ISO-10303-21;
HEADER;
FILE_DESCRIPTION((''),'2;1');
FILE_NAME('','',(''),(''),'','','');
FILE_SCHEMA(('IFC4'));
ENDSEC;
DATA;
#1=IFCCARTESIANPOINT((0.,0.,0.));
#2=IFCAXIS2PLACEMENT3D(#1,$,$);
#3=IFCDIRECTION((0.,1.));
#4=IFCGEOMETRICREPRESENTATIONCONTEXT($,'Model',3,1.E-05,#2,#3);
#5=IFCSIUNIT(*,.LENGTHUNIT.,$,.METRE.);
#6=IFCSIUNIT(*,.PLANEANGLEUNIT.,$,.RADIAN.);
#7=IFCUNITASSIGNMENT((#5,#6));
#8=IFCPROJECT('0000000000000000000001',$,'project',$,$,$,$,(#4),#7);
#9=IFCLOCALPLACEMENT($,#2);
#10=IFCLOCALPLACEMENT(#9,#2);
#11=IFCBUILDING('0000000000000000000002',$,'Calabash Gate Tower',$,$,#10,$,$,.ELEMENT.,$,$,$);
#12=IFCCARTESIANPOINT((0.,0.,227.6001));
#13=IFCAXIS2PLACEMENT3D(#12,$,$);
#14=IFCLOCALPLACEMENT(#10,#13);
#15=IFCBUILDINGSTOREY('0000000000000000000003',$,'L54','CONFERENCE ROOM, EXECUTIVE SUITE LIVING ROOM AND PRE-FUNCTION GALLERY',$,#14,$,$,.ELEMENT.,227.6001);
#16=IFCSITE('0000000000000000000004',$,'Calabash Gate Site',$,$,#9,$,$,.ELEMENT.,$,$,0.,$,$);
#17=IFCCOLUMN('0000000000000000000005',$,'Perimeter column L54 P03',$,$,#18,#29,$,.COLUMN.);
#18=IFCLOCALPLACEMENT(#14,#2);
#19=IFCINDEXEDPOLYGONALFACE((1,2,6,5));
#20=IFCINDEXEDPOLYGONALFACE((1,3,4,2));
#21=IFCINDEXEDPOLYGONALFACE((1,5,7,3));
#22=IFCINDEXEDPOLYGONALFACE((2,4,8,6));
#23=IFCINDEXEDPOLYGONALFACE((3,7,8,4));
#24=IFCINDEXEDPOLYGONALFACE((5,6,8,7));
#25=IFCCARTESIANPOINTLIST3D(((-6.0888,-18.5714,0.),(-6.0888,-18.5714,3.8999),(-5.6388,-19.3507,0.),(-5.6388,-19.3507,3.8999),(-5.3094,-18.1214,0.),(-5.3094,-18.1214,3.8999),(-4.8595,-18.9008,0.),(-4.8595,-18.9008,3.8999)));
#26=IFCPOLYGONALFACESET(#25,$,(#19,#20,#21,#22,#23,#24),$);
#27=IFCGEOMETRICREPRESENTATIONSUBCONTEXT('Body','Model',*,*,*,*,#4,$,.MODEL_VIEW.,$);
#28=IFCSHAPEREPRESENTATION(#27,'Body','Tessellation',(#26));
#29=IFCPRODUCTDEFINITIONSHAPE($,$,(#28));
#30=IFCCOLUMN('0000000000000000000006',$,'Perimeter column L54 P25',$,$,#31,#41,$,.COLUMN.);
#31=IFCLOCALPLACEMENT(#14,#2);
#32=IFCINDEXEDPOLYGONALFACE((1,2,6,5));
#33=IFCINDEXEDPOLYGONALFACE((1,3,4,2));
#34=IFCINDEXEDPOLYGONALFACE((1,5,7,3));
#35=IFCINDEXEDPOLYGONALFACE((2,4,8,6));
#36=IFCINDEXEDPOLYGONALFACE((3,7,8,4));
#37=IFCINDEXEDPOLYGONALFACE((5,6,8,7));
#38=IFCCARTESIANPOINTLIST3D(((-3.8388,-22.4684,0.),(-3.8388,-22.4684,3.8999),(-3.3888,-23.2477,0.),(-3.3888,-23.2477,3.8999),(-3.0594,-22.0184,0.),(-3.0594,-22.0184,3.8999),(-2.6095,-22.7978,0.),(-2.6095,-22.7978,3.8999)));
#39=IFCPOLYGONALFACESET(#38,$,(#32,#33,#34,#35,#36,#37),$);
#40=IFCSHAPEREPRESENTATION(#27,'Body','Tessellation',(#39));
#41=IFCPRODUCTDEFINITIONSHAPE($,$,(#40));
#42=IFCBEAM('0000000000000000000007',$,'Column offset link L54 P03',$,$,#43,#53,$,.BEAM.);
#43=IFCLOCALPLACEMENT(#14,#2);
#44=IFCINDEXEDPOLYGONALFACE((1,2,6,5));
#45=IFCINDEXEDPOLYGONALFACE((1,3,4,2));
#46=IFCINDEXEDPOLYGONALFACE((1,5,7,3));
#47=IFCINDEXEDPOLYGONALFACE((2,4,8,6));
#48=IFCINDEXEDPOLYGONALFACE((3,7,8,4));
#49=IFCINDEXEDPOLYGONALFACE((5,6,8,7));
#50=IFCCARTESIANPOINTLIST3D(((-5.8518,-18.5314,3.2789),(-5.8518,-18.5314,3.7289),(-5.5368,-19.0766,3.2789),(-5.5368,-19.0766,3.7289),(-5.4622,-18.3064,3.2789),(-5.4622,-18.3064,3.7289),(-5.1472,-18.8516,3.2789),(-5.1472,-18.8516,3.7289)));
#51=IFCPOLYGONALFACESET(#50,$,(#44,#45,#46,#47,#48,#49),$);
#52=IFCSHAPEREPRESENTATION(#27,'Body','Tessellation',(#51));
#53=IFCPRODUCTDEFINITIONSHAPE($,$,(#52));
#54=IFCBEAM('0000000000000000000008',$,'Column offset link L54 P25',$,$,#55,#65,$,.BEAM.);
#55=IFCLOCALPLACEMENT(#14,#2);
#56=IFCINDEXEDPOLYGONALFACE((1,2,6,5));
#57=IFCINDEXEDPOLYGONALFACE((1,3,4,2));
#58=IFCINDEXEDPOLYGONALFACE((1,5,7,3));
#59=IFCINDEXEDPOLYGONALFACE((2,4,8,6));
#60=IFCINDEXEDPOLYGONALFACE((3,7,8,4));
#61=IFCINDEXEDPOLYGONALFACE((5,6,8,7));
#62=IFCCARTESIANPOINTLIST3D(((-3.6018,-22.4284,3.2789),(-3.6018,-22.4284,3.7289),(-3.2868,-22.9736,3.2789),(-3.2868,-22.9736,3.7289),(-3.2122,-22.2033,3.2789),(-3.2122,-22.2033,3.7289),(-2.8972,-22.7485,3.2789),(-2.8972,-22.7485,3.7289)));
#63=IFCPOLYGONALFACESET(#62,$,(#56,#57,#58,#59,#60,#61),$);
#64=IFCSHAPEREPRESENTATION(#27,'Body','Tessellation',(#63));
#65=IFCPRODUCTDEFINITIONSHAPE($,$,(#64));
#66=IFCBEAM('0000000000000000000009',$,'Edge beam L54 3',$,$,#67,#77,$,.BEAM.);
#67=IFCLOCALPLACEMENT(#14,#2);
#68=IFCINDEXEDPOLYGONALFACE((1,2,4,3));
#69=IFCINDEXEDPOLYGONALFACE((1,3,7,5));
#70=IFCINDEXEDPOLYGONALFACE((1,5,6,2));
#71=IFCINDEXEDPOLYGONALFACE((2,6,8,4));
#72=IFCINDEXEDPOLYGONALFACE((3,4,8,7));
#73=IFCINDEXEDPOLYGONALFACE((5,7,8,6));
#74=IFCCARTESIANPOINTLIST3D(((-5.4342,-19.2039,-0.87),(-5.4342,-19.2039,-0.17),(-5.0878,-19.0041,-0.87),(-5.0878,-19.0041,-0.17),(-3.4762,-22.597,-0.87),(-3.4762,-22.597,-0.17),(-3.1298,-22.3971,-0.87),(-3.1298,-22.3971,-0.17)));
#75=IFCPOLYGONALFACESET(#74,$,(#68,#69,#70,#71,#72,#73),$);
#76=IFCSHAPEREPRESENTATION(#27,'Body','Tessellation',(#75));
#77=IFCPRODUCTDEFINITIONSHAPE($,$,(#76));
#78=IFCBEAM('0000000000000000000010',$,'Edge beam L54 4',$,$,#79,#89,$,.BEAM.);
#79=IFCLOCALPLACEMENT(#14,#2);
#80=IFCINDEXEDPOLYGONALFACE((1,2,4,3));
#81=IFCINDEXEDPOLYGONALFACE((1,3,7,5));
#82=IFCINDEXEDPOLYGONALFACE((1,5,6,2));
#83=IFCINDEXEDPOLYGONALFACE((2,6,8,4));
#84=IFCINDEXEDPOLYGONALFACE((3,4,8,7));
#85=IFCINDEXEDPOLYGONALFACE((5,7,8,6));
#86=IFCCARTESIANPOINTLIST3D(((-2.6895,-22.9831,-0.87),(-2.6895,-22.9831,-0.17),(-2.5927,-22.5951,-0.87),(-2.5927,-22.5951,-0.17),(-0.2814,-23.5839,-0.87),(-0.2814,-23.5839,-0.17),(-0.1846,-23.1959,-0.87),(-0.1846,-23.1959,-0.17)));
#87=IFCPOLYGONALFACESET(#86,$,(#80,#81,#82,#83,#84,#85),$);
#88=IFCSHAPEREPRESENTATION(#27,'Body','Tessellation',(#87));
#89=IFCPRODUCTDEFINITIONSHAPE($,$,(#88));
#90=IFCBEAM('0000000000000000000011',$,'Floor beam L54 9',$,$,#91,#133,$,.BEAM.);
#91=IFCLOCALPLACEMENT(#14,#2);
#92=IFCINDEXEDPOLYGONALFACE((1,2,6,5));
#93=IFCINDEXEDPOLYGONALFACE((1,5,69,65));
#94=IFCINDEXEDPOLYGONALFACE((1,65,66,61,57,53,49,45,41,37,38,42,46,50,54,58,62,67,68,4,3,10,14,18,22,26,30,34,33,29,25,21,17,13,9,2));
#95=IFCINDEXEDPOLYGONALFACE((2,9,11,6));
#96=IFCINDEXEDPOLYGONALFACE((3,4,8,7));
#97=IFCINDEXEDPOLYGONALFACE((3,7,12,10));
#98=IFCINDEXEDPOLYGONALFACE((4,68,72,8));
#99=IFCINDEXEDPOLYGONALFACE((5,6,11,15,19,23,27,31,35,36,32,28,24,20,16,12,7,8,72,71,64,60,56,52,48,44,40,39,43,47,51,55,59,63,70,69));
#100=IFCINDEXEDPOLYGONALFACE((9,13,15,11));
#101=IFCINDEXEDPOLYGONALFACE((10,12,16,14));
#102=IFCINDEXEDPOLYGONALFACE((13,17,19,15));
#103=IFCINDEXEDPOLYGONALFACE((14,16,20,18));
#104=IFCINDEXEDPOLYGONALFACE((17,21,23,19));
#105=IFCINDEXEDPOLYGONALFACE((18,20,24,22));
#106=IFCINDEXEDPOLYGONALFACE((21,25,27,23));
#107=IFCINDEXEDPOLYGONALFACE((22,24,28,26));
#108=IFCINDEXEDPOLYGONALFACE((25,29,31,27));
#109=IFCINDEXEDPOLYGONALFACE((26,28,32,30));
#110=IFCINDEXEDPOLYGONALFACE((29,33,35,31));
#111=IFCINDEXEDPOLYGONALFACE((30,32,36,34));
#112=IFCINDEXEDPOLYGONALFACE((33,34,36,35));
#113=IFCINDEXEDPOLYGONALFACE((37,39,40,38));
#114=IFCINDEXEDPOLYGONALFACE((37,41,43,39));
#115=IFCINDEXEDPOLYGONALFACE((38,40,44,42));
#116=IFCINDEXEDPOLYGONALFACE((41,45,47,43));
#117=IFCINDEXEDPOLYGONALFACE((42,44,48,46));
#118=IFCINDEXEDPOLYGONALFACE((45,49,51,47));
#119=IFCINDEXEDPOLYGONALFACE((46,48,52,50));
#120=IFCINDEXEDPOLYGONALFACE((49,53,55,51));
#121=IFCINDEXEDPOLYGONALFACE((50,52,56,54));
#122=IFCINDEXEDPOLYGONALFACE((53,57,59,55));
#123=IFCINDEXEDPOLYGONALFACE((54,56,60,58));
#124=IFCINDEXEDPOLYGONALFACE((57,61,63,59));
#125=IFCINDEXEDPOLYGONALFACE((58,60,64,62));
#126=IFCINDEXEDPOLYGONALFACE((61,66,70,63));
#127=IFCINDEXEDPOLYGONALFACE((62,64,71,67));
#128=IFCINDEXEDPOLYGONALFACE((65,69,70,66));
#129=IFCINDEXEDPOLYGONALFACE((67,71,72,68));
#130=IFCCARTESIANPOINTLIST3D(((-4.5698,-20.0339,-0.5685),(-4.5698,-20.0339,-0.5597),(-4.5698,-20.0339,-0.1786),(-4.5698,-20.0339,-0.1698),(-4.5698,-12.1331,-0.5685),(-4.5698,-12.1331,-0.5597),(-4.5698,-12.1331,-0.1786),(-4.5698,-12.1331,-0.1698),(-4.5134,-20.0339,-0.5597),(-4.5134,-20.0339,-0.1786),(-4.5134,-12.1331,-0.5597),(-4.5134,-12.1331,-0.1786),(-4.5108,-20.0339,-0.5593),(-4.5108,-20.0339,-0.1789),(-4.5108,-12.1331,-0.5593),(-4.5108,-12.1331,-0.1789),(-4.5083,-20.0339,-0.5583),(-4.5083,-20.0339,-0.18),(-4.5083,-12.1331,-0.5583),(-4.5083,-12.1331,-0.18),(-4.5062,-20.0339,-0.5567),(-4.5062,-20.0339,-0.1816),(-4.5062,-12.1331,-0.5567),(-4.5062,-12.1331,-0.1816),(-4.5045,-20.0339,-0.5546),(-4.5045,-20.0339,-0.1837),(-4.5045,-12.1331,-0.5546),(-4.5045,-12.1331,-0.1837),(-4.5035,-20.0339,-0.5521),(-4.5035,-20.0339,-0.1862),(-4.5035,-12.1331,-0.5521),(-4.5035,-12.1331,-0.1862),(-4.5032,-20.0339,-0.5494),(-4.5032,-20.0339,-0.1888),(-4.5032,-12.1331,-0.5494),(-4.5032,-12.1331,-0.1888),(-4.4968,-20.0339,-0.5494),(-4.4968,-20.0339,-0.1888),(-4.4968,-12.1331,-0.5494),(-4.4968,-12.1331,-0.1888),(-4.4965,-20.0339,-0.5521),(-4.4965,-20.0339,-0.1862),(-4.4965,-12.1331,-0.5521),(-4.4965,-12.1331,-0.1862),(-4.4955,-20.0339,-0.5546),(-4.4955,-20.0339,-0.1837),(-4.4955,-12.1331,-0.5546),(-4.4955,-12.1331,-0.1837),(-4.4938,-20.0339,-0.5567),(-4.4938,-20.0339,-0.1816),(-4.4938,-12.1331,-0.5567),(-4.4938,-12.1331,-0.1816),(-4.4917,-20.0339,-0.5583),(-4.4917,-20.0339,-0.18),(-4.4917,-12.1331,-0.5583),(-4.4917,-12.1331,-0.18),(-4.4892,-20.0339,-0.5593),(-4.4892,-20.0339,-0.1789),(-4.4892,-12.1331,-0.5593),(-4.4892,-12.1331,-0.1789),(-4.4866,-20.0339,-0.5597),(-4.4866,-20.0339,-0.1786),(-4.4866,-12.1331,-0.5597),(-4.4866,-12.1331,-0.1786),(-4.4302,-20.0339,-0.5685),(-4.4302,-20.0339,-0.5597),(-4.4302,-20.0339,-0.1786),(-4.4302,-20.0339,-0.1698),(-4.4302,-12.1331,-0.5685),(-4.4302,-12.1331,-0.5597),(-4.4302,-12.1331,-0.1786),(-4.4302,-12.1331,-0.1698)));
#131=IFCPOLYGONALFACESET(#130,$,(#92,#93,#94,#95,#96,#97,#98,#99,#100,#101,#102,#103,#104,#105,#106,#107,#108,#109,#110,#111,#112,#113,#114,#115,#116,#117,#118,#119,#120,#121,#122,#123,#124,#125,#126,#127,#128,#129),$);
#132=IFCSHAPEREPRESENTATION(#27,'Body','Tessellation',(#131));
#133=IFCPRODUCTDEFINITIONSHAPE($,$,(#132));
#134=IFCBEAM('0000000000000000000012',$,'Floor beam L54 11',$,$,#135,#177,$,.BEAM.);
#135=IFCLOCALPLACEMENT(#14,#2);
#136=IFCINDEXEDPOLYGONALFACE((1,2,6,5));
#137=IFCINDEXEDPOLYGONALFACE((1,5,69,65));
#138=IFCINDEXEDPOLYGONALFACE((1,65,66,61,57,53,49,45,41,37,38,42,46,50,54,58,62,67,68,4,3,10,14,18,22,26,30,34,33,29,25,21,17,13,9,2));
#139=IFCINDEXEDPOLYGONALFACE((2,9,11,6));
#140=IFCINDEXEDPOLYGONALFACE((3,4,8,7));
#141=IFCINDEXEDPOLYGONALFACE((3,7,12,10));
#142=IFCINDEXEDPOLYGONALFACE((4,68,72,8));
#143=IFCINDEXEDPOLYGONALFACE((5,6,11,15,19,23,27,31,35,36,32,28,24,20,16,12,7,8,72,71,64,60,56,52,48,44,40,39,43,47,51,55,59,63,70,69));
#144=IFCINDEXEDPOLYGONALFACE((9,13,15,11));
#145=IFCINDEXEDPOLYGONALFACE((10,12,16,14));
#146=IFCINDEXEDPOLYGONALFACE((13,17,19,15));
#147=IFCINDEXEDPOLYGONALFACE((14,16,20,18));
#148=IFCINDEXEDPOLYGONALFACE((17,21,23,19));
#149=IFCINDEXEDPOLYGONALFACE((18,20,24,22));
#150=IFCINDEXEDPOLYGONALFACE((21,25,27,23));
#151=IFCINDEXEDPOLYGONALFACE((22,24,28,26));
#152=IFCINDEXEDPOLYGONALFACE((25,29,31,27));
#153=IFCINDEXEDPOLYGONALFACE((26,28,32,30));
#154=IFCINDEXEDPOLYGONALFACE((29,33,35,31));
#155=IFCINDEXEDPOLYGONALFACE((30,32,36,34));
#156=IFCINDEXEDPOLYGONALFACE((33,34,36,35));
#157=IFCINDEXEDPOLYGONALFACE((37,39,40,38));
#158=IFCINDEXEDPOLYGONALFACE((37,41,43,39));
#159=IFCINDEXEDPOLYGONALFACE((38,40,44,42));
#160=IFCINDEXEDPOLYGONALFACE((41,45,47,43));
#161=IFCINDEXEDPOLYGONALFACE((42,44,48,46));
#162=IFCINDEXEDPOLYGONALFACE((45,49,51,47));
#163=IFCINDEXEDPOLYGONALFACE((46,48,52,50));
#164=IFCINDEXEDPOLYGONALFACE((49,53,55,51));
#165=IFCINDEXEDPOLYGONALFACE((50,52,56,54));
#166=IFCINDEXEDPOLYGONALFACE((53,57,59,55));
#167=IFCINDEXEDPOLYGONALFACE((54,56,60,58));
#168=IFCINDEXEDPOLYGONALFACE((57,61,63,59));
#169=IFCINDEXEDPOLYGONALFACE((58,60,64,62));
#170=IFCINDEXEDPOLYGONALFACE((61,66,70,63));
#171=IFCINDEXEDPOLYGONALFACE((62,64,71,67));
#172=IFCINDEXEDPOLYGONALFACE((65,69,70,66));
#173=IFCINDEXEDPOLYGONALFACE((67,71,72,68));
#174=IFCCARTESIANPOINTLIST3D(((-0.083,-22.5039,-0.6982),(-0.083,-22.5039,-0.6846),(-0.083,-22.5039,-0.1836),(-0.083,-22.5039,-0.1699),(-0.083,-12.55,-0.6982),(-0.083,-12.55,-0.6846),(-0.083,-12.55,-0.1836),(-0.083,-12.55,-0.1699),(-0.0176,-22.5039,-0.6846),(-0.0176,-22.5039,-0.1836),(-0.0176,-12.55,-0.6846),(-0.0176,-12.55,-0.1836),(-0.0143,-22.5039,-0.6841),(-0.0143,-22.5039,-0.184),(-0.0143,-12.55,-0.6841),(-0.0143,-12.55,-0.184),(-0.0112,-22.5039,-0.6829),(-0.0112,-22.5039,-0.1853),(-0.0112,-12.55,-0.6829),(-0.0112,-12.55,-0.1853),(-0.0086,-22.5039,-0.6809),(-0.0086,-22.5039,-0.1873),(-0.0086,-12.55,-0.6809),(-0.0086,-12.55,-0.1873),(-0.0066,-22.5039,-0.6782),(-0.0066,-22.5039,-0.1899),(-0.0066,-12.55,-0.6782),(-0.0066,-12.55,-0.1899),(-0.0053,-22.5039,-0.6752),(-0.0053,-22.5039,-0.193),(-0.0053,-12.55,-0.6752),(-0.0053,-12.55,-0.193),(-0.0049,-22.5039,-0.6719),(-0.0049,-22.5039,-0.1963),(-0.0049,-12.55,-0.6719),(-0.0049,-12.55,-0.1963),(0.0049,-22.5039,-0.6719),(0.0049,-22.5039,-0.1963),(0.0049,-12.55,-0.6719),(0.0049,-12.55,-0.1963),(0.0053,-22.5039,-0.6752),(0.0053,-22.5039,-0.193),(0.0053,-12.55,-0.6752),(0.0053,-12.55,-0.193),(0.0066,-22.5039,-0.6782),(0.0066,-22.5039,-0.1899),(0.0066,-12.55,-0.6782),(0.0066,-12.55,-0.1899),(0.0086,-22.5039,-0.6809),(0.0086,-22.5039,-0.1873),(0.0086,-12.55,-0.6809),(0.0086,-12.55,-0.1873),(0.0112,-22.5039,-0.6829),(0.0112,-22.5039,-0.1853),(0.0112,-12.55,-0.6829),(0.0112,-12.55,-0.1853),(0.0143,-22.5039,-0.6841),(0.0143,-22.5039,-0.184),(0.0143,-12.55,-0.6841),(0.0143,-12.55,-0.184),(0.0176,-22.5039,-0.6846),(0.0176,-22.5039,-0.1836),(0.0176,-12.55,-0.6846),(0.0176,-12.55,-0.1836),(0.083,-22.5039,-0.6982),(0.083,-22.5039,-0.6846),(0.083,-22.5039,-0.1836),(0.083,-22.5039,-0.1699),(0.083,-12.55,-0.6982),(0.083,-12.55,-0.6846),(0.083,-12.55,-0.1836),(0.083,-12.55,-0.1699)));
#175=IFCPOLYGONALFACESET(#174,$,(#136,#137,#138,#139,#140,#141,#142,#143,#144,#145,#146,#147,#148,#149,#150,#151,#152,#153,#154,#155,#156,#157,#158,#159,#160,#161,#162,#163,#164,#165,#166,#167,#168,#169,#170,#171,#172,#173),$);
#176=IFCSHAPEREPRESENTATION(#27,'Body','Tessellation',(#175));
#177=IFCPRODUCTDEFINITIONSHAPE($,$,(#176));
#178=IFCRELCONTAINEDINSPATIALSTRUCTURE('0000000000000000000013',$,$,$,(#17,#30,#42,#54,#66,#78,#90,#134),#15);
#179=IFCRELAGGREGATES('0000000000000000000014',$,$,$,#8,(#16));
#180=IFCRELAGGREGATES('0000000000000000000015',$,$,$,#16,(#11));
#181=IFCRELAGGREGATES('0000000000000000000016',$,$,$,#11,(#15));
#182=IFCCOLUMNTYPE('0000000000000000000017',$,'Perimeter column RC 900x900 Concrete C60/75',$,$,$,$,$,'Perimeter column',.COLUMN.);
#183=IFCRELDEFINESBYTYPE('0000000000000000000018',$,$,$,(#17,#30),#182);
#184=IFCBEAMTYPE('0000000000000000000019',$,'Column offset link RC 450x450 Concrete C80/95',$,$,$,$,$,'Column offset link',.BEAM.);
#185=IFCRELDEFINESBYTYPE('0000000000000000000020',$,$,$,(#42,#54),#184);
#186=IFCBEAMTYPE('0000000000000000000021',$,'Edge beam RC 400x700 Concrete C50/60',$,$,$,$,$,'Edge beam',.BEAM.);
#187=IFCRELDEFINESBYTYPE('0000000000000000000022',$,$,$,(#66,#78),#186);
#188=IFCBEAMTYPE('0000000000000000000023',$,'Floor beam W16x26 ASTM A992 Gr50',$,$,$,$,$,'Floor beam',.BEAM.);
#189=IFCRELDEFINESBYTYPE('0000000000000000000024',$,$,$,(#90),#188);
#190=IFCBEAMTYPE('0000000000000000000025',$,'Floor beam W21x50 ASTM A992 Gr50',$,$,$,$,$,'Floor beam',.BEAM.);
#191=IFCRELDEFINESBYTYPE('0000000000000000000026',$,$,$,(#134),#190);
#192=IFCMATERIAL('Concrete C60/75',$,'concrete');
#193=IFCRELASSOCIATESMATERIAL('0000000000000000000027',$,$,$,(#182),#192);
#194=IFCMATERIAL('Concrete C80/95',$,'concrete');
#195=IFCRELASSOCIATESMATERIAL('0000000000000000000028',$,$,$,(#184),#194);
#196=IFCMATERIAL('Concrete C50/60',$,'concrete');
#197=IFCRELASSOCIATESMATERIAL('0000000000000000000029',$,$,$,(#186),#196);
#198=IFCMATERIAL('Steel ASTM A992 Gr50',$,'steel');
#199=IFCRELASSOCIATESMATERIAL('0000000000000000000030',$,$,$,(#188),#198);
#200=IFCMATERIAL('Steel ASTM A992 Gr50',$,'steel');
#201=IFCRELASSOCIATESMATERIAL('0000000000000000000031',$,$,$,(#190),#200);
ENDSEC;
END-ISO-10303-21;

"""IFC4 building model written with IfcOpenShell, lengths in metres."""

from ifc_helpers import new_model, si_unit, direction, frame, origin, origin_2d, place, context, subcontext, project, spatial, rectangle, i_section, extrude, material, material_profile, profile_set, type_object, element, save


model = new_model("IFC4")

# Units and contexts
model_context = context("Model", 3, precision=1e-05, world=origin(), true_north=direction((0.0, 1.0)))
body_context = subcontext(model_context, "Body", "Model", "MODEL_VIEW")
ifc_project = project(units=[si_unit("LENGTHUNIT", "METRE"), si_unit("PLANEANGLEUNIT", "RADIAN")], contexts=[model_context])

# Site, building, storey
site_placement = place(None, origin())
site = spatial("IfcSite", under=ifc_project, at=site_placement, Name="Calabash Gate Site", CompositionType="ELEMENT", RefElevation=0.0)
building_placement = place(site_placement, origin())
building = spatial("IfcBuilding", under=site, at=building_placement, Name="Calabash Gate Tower", CompositionType="ELEMENT")
storey_placement = place(building_placement, frame((0.0, 0.0, 227.6001)))
storey = spatial("IfcBuildingStorey", under=building, at=storey_placement, Name="L54", Description="CONFERENCE ROOM, EXECUTIVE SUITE LIVING ROOM AND PRE-FUNCTION GALLERY", CompositionType="ELEMENT", Elevation=227.6001)

# Columns
ifc_material_1 = material(Name="Concrete C60/75", Category="concrete")
ifc_material_profile_1 = material_profile(ifc_material_1, rectangle(XDim=0.8999, YDim=0.8999, at=origin_2d()))
ifc_profile_set_1 = profile_set([ifc_material_profile_1], Name="Concrete C60/75")
column_type = type_object("IfcColumnType", Name="Perimeter column RC 900x900 Concrete C60/75", ElementType="Perimeter column", PredefinedType="COLUMN", material=ifc_profile_set_1)
for number, where, z_axis, x_axis, name in (
    (1, (-5.4741, -18.7361, 0.0), (0.0, 0.0, 1.0), (0.5, -0.866025, 0.0), "Perimeter column L54 P03"),
    (2, (-3.2241, -22.6331, 0.0), (0.0, 0.0, 1.0), (0.5, -0.866025, 0.0), "Perimeter column L54 P25"),
):
    element("IfcColumn", number, at=place(storey_placement, frame(where, z_axis=z_axis, x_axis=x_axis)), inside=storey, type_object=column_type, Name=name, PredefinedType="COLUMN", context=body_context, shape_type="SweptSolid", body=[
        extrude(rectangle(XDim=0.8999, YDim=0.8999, at=origin_2d()), origin(), (0.0, 0.0, 1.0), 3.8999),
    ])

# Beams
ifc_material_2 = material(Name="Concrete C80/95", Category="concrete")
ifc_material_profile_2 = material_profile(ifc_material_2, rectangle(XDim=0.45, YDim=0.45, at=origin_2d()))
ifc_profile_set_2 = profile_set([ifc_material_profile_2], Name="Concrete C80/95")
beam_type_1 = type_object("IfcBeamType", Name="Column offset link RC 450x450 Concrete C80/95", ElementType="Column offset link", PredefinedType="BEAM", material=ifc_profile_set_2)
for number, where, z_axis, x_axis, name in (
    (3, (-5.342, -18.9641, 3.5039), (-0.500226, 0.865895, 0.0), (-0.865895, -0.500226, 0.0), "Column offset link L54 P03"),
    (4, (-3.092, -22.8611, 3.5039), (-0.500226, 0.865895, 0.0), (-0.865895, -0.500226, 0.0), "Column offset link L54 P25"),
):
    element("IfcBeam", number, at=place(storey_placement, frame(where, z_axis=z_axis, x_axis=x_axis)), inside=storey, type_object=beam_type_1, Name=name, PredefinedType="BEAM", context=body_context, shape_type="SweptSolid", body=[
        extrude(rectangle(XDim=0.45, YDim=0.45, at=origin_2d()), origin(), (0.0, 0.0, 1.0), 0.6296),
    ])
ifc_material_3 = material(Name="Concrete C50/60", Category="concrete")
ifc_material_profile_3 = material_profile(ifc_material_3, rectangle(XDim=0.3999, YDim=0.7, at=origin_2d()))
ifc_profile_set_3 = profile_set([ifc_material_profile_3], Name="Concrete C50/60")
beam_type_2 = type_object("IfcBeamType", Name="Edge beam RC 400x700 Concrete C50/60", ElementType="Edge beam", PredefinedType="BEAM", material=ifc_profile_set_3)
beam_1_placement = place(storey_placement, frame((-5.261, -19.104, -0.52), z_axis=(0.499812, -0.866134, 0.0), x_axis=(0.866134, 0.499812, 0.0)))
element("IfcBeam", 5, at=beam_1_placement, inside=storey, type_object=beam_type_2, Name="Edge beam L54 3", PredefinedType="BEAM", context=body_context, shape_type="SweptSolid", body=[
    extrude(rectangle(XDim=0.3999, YDim=0.7, at=origin_2d()), origin(), (0.0, 0.0, 1.0), 3.9175),
])
beam_2_placement = place(storey_placement, frame((-2.6411, -22.7891, -0.52), z_axis=(0.970258, -0.242073, 0.0), x_axis=(0.242073, 0.970258, 0.0)))
element("IfcBeam", 6, at=beam_2_placement, inside=storey, type_object=beam_type_2, Name="Edge beam L54 4", PredefinedType="BEAM", context=body_context, shape_type="SweptSolid", body=[
    extrude(rectangle(XDim=0.3999, YDim=0.7, at=origin_2d()), origin(), (0.0, 0.0, 1.0), 2.4819),
])
ifc_material_4 = material(Name="Steel ASTM A992 Gr50", Category="steel")
ifc_material_profile_4 = material_profile(ifc_material_4, i_section(OverallWidth=0.1396, OverallDepth=0.3987, WebThickness=0.0063, FlangeThickness=0.0088, FilletRadius=0.0103, at=origin_2d()))
ifc_profile_set_4 = profile_set([ifc_material_profile_4], Name="Steel ASTM A992 Gr50")
beam_type_3 = type_object("IfcBeamType", Name="Floor beam W16x26 ASTM A992 Gr50", ElementType="Floor beam", PredefinedType="BEAM", material=ifc_profile_set_4)
beam_3_placement = place(storey_placement, frame((-4.5, -20.0339, -0.3691), z_axis=(0.0, 1.0, 0.0), x_axis=(-1.0, 0.0, 0.0)))
element("IfcBeam", 7, at=beam_3_placement, inside=storey, type_object=beam_type_3, Name="Floor beam L54 9", PredefinedType="BEAM", context=body_context, shape_type="SweptSolid", body=[
    extrude(i_section(OverallWidth=0.1396, OverallDepth=0.3987, WebThickness=0.0063, FlangeThickness=0.0088, FilletRadius=0.0103, at=origin_2d()), origin(), (0.0, 0.0, 1.0), 7.9009),
])
ifc_material_5 = material(Name="Steel ASTM A992 Gr50", Category="steel")
ifc_material_profile_5 = material_profile(ifc_material_5, i_section(OverallWidth=0.166, OverallDepth=0.5283, WebThickness=0.0098, FlangeThickness=0.0137, FilletRadius=0.0127, at=origin_2d()))
ifc_profile_set_5 = profile_set([ifc_material_profile_5], Name="Steel ASTM A992 Gr50")
beam_type_4 = type_object("IfcBeamType", Name="Floor beam W21x50 ASTM A992 Gr50", ElementType="Floor beam", PredefinedType="BEAM", material=ifc_profile_set_5)
beam_4_placement = place(storey_placement, frame((0.0, -22.5039, -0.4341), z_axis=(0.0, 1.0, 0.0), x_axis=(-1.0, 0.0, 0.0)))
element("IfcBeam", 8, at=beam_4_placement, inside=storey, type_object=beam_type_4, Name="Floor beam L54 11", PredefinedType="BEAM", context=body_context, shape_type="SweptSolid", body=[
    extrude(i_section(OverallWidth=0.166, OverallDepth=0.5283, WebThickness=0.0098, FlangeThickness=0.0137, FilletRadius=0.0127, at=origin_2d()), origin(), (0.0, 0.0, 1.0), 9.9539),
])

save(model, "model.ifc")
